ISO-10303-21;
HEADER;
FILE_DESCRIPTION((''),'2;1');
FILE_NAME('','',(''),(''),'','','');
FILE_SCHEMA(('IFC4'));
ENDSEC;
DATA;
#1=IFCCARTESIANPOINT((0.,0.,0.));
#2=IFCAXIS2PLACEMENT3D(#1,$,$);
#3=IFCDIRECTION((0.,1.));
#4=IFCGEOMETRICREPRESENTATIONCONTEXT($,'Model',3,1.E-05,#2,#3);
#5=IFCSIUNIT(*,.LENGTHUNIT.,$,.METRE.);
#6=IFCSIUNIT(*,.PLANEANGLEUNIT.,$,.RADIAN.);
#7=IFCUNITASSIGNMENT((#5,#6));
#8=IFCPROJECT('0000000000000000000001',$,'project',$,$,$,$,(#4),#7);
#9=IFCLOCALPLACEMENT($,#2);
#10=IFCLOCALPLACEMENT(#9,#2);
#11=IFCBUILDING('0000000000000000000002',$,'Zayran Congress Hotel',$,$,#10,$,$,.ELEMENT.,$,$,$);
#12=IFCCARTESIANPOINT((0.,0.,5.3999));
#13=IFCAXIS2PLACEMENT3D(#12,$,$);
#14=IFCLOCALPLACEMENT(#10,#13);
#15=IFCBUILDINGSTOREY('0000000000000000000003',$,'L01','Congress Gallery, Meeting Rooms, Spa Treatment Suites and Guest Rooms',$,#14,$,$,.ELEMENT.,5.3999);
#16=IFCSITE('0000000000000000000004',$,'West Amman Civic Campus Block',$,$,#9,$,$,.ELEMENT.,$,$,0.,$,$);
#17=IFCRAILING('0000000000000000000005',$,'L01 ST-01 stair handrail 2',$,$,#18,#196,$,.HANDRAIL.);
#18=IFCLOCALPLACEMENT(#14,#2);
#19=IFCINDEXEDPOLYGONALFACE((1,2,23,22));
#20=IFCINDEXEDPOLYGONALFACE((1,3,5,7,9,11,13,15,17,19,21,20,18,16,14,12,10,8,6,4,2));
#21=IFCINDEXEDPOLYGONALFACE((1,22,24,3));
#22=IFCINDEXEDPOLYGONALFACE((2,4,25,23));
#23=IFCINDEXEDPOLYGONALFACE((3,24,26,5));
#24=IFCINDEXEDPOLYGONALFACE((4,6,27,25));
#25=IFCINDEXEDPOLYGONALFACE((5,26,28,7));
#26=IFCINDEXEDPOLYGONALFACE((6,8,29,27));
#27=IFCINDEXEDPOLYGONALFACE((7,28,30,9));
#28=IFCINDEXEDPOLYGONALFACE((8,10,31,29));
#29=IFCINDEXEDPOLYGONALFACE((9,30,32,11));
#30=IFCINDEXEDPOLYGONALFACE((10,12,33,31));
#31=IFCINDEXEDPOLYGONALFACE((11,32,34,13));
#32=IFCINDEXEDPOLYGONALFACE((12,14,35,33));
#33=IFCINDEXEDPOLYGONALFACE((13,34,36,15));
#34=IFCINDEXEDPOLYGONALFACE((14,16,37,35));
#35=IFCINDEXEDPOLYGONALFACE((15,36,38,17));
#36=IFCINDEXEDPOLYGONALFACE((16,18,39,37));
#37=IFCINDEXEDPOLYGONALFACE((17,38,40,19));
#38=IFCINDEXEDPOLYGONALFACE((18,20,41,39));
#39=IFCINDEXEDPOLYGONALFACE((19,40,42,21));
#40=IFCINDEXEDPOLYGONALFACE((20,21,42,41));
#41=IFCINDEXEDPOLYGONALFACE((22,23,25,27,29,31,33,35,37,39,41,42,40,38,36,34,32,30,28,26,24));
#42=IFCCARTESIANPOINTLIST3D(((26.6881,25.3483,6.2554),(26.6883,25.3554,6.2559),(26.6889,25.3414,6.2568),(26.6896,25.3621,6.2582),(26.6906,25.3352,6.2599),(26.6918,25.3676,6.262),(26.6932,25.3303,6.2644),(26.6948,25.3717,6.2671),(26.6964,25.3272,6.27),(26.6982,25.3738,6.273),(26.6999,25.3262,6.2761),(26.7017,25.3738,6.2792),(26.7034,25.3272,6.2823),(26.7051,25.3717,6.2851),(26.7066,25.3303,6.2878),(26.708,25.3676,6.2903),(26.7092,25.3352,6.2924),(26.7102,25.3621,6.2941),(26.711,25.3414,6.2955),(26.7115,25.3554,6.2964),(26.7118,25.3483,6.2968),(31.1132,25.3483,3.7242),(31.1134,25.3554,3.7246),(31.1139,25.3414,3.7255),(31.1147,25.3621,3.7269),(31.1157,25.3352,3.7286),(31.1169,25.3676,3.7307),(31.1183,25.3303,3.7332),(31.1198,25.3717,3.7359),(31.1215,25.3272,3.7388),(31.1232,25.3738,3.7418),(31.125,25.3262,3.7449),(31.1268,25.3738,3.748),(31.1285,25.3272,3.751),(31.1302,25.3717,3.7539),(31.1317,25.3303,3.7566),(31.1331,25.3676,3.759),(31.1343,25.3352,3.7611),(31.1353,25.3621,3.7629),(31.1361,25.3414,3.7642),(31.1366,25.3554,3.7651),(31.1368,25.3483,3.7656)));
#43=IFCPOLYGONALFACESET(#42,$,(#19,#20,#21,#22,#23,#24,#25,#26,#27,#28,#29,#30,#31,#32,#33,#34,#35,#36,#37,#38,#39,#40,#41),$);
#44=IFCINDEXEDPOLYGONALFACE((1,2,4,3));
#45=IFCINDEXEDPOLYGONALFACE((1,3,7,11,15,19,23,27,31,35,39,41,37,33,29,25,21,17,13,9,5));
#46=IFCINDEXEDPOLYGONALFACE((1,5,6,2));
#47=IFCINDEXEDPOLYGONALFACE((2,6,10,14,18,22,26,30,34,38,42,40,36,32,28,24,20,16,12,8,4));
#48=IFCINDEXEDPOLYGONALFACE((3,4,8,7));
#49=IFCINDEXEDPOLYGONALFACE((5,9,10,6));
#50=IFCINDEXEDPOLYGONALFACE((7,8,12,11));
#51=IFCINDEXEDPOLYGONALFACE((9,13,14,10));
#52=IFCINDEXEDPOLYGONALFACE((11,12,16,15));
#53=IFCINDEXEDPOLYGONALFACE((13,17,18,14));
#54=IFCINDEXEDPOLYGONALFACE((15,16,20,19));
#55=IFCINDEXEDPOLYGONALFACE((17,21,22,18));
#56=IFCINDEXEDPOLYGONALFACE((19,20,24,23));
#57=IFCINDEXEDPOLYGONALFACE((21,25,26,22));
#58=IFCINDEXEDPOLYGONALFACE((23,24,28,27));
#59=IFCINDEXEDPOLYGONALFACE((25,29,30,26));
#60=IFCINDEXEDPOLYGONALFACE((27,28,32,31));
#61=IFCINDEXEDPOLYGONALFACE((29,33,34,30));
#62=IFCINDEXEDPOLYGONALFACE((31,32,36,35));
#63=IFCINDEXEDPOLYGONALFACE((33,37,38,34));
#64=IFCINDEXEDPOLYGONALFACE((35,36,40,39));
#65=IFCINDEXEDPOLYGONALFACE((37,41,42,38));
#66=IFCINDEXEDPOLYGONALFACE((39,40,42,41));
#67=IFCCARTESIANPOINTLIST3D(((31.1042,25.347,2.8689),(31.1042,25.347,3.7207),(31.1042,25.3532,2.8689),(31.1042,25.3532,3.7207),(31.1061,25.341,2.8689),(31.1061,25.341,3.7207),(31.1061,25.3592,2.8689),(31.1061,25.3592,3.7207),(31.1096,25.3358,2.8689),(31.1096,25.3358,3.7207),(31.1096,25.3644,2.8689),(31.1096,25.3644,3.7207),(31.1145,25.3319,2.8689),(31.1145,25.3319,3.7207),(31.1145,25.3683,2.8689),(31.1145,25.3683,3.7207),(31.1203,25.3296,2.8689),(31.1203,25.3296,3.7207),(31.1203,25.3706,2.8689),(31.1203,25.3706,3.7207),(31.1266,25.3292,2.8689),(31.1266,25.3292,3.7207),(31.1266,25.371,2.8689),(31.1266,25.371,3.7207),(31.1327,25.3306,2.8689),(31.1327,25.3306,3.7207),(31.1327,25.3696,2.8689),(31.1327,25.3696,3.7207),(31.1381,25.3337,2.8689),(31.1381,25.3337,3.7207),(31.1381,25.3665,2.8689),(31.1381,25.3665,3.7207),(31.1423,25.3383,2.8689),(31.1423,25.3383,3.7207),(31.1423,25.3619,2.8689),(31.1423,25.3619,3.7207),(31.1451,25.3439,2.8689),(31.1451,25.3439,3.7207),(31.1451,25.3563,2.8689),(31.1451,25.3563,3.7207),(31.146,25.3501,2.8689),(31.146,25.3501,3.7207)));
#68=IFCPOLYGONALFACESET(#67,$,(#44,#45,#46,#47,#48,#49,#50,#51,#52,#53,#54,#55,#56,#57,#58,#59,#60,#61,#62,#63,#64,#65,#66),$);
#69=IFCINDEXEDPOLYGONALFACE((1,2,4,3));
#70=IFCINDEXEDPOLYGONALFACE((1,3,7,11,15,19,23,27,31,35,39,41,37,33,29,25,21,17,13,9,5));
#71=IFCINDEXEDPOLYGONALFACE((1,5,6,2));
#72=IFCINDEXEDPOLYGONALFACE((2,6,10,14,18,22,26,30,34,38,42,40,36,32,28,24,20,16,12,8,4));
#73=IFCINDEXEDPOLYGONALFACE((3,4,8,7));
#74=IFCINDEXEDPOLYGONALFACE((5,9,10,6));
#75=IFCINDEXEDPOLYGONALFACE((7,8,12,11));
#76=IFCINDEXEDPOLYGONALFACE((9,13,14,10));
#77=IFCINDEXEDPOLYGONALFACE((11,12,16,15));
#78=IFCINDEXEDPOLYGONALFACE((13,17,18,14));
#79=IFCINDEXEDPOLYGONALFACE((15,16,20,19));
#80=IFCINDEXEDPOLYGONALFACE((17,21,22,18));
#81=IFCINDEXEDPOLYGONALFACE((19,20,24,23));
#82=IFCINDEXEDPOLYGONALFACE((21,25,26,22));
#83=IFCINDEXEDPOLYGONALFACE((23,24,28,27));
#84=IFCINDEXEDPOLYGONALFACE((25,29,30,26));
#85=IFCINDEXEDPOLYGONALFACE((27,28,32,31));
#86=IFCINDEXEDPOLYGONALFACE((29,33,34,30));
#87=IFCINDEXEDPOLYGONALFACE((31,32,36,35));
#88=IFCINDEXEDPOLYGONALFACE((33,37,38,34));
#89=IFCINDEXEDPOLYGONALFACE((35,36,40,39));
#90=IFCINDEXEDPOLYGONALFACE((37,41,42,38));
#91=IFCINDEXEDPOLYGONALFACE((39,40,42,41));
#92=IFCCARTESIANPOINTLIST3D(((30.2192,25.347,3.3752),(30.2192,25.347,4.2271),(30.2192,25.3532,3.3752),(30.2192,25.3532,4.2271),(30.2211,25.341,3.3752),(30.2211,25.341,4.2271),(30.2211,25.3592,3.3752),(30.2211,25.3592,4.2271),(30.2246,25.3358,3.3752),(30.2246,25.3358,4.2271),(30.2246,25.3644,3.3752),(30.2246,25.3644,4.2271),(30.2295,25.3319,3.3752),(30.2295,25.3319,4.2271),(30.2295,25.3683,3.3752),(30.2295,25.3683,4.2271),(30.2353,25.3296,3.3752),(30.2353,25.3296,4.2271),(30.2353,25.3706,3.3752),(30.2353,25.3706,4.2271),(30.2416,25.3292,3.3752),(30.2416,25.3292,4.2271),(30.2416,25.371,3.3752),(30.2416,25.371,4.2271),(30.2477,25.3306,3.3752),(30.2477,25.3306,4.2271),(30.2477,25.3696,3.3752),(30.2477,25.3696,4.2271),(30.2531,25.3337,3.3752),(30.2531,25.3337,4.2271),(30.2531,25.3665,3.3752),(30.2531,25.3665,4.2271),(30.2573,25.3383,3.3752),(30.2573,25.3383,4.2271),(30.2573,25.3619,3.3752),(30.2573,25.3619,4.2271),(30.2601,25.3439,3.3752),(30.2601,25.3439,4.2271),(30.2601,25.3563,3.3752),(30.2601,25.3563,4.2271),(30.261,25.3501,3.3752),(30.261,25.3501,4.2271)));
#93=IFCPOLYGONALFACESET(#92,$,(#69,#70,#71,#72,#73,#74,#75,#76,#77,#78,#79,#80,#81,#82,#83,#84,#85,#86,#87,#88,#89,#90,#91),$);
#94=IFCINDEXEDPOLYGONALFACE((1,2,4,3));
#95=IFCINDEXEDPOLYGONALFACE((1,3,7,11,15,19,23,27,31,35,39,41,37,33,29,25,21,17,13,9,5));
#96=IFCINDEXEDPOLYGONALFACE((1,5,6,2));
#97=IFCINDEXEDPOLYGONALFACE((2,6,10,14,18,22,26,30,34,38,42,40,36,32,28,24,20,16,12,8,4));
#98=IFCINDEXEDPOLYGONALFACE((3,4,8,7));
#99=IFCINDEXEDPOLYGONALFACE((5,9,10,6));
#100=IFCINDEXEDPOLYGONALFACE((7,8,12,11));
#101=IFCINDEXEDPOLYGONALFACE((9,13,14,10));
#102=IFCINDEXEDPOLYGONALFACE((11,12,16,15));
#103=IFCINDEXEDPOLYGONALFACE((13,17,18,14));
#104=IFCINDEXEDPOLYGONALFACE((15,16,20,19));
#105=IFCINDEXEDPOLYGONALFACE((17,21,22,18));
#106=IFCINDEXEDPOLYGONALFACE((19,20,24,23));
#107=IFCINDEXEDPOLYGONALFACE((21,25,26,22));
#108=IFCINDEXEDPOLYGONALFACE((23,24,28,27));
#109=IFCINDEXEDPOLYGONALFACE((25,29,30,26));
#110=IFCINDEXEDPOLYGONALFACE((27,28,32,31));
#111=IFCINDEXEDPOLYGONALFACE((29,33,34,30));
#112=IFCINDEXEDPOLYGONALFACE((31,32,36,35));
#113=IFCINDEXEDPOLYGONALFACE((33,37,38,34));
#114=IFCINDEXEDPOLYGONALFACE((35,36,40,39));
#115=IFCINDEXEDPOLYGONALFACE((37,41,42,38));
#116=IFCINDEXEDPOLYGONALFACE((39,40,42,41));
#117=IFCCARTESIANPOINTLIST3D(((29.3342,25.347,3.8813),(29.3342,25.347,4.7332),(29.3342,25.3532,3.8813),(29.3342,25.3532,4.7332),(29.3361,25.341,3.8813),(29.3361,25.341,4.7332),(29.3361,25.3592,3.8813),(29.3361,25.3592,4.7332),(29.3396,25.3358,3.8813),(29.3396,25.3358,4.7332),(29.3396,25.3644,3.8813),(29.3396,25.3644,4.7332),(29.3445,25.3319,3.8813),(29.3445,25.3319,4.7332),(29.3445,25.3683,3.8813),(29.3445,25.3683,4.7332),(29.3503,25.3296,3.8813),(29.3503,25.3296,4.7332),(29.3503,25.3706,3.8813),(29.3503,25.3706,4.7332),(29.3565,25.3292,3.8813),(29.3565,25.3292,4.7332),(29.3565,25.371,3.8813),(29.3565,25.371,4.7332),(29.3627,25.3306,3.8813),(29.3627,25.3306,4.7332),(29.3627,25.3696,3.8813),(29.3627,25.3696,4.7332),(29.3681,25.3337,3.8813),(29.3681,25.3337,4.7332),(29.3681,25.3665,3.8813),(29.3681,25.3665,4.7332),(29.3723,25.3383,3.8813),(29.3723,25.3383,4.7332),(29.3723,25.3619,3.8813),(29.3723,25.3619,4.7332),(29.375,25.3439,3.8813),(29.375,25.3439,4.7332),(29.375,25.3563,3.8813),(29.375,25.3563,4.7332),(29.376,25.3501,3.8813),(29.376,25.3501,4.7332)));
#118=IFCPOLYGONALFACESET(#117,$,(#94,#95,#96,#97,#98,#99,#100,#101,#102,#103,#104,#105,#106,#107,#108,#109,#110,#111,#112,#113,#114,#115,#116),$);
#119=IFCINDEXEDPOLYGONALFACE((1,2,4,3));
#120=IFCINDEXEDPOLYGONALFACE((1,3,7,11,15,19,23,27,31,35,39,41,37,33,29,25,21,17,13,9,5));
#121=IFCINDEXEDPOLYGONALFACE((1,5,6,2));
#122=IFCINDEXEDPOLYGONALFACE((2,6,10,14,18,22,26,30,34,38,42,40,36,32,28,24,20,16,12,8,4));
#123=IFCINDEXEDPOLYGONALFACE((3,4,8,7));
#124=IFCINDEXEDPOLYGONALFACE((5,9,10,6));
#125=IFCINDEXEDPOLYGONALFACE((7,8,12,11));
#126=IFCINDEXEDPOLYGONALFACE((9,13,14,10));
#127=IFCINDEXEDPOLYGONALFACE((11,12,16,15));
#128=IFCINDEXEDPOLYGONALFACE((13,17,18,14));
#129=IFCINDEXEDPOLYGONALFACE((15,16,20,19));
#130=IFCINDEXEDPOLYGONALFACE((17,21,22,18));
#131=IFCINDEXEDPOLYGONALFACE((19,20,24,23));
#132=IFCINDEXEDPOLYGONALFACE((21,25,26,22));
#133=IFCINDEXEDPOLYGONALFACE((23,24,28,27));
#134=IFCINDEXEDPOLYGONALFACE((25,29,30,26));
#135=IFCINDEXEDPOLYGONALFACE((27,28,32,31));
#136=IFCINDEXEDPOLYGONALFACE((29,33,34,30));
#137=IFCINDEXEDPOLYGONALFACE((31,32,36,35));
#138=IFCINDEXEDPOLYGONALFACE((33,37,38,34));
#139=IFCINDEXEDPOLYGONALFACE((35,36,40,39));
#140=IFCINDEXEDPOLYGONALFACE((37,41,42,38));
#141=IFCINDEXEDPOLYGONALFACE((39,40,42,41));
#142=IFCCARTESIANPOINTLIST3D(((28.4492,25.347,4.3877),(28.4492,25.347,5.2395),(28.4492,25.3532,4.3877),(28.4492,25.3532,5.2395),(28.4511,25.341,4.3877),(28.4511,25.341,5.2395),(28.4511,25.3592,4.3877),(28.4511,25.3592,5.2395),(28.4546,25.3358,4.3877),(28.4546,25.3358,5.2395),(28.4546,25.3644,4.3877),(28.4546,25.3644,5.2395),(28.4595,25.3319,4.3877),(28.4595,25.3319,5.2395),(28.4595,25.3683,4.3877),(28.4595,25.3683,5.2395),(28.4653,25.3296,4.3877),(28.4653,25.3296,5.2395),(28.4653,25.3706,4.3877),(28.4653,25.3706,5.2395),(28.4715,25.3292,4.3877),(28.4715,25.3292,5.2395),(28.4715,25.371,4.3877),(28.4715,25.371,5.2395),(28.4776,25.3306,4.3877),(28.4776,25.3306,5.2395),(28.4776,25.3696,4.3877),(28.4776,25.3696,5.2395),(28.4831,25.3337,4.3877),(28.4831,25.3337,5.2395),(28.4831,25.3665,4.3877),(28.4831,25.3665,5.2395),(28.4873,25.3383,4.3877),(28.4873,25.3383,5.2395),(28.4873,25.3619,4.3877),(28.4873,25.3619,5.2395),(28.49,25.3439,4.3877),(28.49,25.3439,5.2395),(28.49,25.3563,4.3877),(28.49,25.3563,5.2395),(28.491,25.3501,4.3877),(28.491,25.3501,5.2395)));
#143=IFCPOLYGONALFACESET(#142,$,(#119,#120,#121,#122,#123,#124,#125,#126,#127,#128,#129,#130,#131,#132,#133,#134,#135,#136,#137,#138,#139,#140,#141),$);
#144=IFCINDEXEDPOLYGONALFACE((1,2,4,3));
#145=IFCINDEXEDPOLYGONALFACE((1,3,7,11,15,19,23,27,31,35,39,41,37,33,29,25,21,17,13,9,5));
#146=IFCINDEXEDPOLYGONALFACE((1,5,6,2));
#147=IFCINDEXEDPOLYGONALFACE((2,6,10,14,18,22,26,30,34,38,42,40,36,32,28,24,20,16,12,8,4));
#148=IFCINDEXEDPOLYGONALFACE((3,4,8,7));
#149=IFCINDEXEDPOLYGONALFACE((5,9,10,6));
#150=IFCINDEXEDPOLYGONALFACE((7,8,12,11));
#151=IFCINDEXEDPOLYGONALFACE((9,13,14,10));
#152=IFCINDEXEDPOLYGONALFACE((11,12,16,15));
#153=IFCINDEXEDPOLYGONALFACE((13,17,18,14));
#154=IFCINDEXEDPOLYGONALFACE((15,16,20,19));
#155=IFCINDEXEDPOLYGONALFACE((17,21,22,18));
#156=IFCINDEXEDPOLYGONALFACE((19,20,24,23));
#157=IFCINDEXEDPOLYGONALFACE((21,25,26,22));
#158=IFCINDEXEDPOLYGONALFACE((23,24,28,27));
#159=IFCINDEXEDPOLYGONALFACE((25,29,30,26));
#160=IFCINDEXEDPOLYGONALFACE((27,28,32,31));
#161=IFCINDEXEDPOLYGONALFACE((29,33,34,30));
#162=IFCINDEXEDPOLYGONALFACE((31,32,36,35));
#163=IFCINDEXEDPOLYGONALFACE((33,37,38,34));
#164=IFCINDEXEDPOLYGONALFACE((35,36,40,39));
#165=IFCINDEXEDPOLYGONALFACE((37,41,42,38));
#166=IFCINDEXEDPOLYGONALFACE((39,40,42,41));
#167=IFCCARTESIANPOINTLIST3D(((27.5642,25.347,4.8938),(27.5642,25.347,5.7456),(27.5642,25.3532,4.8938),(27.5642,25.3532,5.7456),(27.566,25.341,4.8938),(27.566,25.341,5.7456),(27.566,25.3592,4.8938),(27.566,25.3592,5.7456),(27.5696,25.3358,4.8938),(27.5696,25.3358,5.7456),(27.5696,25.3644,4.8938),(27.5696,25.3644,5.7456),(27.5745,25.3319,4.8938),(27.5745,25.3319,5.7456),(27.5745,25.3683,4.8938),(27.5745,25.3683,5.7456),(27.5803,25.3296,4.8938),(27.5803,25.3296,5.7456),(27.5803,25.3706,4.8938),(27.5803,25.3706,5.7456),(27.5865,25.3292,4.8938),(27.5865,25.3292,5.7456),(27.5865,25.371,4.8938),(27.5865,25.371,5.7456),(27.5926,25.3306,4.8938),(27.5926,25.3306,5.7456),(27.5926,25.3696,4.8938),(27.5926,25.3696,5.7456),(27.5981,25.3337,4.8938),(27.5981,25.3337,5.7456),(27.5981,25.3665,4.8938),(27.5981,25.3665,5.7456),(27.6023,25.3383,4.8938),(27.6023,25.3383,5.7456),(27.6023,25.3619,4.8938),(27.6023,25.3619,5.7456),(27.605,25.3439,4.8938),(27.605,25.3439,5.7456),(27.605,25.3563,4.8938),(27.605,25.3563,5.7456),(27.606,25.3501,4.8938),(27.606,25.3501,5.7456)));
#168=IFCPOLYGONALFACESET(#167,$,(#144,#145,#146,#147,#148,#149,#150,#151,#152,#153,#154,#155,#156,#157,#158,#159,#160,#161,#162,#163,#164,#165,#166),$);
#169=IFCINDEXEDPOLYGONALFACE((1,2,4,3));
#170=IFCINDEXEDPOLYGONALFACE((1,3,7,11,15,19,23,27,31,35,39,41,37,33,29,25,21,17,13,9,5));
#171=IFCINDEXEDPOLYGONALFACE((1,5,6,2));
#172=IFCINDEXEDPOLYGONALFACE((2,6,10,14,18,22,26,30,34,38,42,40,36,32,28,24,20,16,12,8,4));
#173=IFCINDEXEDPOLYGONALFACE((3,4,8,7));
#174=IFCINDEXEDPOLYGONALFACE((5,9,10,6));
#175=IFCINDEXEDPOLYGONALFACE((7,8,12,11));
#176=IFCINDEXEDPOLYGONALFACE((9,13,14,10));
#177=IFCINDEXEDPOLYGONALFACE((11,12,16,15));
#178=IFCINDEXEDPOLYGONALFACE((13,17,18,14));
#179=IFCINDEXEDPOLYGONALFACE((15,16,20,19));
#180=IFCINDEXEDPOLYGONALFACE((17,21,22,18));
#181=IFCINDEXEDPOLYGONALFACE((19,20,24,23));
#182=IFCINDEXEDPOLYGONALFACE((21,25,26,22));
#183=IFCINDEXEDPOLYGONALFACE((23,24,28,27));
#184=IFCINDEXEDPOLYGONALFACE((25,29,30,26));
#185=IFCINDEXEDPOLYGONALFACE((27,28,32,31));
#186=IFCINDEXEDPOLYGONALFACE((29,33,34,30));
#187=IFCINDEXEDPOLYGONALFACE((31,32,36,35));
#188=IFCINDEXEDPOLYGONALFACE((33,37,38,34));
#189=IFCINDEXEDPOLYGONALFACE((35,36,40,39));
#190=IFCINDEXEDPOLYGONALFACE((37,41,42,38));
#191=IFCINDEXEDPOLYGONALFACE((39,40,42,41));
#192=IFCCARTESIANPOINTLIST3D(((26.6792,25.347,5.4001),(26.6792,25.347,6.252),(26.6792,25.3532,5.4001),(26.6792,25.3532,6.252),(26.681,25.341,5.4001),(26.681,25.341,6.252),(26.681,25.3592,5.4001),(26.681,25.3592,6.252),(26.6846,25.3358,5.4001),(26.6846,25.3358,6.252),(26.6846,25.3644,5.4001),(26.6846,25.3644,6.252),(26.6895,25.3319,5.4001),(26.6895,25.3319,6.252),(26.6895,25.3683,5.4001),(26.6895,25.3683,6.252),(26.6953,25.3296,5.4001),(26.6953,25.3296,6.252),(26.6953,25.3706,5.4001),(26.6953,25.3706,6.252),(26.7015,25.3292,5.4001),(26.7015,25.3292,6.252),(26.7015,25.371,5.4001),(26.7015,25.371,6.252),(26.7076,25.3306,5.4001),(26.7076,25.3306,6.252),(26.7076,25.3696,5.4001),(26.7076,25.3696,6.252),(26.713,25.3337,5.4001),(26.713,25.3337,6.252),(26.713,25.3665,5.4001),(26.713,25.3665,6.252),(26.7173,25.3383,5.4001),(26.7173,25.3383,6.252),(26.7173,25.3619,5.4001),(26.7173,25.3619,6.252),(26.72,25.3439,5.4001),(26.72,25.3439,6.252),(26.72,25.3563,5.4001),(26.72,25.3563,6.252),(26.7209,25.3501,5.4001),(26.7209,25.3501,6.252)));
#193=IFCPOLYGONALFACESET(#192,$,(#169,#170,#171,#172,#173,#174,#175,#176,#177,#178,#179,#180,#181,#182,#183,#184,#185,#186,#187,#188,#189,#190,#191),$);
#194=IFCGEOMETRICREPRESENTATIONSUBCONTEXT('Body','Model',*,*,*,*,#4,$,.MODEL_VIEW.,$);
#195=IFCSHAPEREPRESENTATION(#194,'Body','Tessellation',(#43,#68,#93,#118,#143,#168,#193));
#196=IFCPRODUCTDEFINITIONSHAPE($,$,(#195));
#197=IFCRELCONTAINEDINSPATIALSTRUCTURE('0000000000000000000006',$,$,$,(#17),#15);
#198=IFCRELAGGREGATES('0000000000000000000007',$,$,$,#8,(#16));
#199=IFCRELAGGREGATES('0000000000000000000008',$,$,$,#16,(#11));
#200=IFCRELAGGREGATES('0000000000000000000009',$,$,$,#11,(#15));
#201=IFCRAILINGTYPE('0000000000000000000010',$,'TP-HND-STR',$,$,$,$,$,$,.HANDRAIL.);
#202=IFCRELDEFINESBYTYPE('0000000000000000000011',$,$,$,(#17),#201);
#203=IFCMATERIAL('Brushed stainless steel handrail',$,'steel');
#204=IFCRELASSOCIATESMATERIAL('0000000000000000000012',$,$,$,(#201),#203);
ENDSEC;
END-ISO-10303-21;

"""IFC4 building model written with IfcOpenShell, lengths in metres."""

from ifc_helpers import new_model, si_unit, direction, frame, origin, origin_2d, place, context, subcontext, project, spatial, circle, extrude, material, type_object, element, save


model = new_model("IFC4")

# Units and contexts
model_context = context("Model", 3, precision=1e-05, world=origin(), true_north=direction((0.0, 1.0)))
body_context = subcontext(model_context, "Body", "Model", "MODEL_VIEW")
ifc_project = project(units=[si_unit("LENGTHUNIT", "METRE"), si_unit("PLANEANGLEUNIT", "RADIAN")], contexts=[model_context])

# Site, building, storey
site_placement = place(None, origin())
site = spatial("IfcSite", under=ifc_project, at=site_placement, Name="West Amman Civic Campus Block", CompositionType="ELEMENT", RefElevation=0.0)
building_placement = place(site_placement, origin())
building = spatial("IfcBuilding", under=site, at=building_placement, Name="Zayran Congress Hotel", CompositionType="ELEMENT")
storey_placement = place(building_placement, frame((0.0, 0.0, 5.3999)))
storey = spatial("IfcBuildingStorey", under=building, at=storey_placement, Name="L01", Description="Congress Gallery, Meeting Rooms, Spa Treatment Suites and Guest Rooms", CompositionType="ELEMENT", Elevation=5.3999)

# Railing
ifc_material_1 = material(Name="Brushed stainless steel handrail", Category="steel")
railing_type_1 = type_object("IfcRailingType", Name="TP-HND-STR", PredefinedType="HANDRAIL", material=ifc_material_1)
railing_1_placement = place(storey_placement, frame((31.125, 25.3501, 2.8689)))
element("IfcRailing", 1, at=railing_1_placement, inside=storey, type_object=railing_type_1, Name="L01 ST-01 stair handrail 2", PredefinedType="HANDRAIL", context=body_context, shape_type="SweptSolid", body=[
    extrude(circle(Radius=0.0239, at=origin_2d()), frame((0.0, 0.0, 0.876), z_axis=(-0.868019, 0.0, 0.496531), x_axis=(0.0, -1.0, 0.0)), (0.0, 0.0, 1.0), 5.0979),
    extrude(circle(Radius=0.021, at=origin_2d()), origin(), (0.0, 0.0, 1.0), 0.8518),
    extrude(circle(Radius=0.021, at=origin_2d()), frame((-0.885, 0.0, 0.5063)), (0.0, 0.0, 1.0), 0.8518),
    extrude(circle(Radius=0.021, at=origin_2d()), frame((-1.77, 0.0, 1.0125)), (0.0, 0.0, 1.0), 0.8518),
    extrude(circle(Radius=0.021, at=origin_2d()), frame((-2.655, 0.0, 1.5188)), (0.0, 0.0, 1.0), 0.8518),
    extrude(circle(Radius=0.021, at=origin_2d()), frame((-3.54, 0.0, 2.0249)), (0.0, 0.0, 1.0), 0.8518),
    extrude(circle(Radius=0.021, at=origin_2d()), frame((-4.425, 0.0, 2.5312)), (0.0, 0.0, 1.0), 0.8518),
])

save(model, "model.ifc")
